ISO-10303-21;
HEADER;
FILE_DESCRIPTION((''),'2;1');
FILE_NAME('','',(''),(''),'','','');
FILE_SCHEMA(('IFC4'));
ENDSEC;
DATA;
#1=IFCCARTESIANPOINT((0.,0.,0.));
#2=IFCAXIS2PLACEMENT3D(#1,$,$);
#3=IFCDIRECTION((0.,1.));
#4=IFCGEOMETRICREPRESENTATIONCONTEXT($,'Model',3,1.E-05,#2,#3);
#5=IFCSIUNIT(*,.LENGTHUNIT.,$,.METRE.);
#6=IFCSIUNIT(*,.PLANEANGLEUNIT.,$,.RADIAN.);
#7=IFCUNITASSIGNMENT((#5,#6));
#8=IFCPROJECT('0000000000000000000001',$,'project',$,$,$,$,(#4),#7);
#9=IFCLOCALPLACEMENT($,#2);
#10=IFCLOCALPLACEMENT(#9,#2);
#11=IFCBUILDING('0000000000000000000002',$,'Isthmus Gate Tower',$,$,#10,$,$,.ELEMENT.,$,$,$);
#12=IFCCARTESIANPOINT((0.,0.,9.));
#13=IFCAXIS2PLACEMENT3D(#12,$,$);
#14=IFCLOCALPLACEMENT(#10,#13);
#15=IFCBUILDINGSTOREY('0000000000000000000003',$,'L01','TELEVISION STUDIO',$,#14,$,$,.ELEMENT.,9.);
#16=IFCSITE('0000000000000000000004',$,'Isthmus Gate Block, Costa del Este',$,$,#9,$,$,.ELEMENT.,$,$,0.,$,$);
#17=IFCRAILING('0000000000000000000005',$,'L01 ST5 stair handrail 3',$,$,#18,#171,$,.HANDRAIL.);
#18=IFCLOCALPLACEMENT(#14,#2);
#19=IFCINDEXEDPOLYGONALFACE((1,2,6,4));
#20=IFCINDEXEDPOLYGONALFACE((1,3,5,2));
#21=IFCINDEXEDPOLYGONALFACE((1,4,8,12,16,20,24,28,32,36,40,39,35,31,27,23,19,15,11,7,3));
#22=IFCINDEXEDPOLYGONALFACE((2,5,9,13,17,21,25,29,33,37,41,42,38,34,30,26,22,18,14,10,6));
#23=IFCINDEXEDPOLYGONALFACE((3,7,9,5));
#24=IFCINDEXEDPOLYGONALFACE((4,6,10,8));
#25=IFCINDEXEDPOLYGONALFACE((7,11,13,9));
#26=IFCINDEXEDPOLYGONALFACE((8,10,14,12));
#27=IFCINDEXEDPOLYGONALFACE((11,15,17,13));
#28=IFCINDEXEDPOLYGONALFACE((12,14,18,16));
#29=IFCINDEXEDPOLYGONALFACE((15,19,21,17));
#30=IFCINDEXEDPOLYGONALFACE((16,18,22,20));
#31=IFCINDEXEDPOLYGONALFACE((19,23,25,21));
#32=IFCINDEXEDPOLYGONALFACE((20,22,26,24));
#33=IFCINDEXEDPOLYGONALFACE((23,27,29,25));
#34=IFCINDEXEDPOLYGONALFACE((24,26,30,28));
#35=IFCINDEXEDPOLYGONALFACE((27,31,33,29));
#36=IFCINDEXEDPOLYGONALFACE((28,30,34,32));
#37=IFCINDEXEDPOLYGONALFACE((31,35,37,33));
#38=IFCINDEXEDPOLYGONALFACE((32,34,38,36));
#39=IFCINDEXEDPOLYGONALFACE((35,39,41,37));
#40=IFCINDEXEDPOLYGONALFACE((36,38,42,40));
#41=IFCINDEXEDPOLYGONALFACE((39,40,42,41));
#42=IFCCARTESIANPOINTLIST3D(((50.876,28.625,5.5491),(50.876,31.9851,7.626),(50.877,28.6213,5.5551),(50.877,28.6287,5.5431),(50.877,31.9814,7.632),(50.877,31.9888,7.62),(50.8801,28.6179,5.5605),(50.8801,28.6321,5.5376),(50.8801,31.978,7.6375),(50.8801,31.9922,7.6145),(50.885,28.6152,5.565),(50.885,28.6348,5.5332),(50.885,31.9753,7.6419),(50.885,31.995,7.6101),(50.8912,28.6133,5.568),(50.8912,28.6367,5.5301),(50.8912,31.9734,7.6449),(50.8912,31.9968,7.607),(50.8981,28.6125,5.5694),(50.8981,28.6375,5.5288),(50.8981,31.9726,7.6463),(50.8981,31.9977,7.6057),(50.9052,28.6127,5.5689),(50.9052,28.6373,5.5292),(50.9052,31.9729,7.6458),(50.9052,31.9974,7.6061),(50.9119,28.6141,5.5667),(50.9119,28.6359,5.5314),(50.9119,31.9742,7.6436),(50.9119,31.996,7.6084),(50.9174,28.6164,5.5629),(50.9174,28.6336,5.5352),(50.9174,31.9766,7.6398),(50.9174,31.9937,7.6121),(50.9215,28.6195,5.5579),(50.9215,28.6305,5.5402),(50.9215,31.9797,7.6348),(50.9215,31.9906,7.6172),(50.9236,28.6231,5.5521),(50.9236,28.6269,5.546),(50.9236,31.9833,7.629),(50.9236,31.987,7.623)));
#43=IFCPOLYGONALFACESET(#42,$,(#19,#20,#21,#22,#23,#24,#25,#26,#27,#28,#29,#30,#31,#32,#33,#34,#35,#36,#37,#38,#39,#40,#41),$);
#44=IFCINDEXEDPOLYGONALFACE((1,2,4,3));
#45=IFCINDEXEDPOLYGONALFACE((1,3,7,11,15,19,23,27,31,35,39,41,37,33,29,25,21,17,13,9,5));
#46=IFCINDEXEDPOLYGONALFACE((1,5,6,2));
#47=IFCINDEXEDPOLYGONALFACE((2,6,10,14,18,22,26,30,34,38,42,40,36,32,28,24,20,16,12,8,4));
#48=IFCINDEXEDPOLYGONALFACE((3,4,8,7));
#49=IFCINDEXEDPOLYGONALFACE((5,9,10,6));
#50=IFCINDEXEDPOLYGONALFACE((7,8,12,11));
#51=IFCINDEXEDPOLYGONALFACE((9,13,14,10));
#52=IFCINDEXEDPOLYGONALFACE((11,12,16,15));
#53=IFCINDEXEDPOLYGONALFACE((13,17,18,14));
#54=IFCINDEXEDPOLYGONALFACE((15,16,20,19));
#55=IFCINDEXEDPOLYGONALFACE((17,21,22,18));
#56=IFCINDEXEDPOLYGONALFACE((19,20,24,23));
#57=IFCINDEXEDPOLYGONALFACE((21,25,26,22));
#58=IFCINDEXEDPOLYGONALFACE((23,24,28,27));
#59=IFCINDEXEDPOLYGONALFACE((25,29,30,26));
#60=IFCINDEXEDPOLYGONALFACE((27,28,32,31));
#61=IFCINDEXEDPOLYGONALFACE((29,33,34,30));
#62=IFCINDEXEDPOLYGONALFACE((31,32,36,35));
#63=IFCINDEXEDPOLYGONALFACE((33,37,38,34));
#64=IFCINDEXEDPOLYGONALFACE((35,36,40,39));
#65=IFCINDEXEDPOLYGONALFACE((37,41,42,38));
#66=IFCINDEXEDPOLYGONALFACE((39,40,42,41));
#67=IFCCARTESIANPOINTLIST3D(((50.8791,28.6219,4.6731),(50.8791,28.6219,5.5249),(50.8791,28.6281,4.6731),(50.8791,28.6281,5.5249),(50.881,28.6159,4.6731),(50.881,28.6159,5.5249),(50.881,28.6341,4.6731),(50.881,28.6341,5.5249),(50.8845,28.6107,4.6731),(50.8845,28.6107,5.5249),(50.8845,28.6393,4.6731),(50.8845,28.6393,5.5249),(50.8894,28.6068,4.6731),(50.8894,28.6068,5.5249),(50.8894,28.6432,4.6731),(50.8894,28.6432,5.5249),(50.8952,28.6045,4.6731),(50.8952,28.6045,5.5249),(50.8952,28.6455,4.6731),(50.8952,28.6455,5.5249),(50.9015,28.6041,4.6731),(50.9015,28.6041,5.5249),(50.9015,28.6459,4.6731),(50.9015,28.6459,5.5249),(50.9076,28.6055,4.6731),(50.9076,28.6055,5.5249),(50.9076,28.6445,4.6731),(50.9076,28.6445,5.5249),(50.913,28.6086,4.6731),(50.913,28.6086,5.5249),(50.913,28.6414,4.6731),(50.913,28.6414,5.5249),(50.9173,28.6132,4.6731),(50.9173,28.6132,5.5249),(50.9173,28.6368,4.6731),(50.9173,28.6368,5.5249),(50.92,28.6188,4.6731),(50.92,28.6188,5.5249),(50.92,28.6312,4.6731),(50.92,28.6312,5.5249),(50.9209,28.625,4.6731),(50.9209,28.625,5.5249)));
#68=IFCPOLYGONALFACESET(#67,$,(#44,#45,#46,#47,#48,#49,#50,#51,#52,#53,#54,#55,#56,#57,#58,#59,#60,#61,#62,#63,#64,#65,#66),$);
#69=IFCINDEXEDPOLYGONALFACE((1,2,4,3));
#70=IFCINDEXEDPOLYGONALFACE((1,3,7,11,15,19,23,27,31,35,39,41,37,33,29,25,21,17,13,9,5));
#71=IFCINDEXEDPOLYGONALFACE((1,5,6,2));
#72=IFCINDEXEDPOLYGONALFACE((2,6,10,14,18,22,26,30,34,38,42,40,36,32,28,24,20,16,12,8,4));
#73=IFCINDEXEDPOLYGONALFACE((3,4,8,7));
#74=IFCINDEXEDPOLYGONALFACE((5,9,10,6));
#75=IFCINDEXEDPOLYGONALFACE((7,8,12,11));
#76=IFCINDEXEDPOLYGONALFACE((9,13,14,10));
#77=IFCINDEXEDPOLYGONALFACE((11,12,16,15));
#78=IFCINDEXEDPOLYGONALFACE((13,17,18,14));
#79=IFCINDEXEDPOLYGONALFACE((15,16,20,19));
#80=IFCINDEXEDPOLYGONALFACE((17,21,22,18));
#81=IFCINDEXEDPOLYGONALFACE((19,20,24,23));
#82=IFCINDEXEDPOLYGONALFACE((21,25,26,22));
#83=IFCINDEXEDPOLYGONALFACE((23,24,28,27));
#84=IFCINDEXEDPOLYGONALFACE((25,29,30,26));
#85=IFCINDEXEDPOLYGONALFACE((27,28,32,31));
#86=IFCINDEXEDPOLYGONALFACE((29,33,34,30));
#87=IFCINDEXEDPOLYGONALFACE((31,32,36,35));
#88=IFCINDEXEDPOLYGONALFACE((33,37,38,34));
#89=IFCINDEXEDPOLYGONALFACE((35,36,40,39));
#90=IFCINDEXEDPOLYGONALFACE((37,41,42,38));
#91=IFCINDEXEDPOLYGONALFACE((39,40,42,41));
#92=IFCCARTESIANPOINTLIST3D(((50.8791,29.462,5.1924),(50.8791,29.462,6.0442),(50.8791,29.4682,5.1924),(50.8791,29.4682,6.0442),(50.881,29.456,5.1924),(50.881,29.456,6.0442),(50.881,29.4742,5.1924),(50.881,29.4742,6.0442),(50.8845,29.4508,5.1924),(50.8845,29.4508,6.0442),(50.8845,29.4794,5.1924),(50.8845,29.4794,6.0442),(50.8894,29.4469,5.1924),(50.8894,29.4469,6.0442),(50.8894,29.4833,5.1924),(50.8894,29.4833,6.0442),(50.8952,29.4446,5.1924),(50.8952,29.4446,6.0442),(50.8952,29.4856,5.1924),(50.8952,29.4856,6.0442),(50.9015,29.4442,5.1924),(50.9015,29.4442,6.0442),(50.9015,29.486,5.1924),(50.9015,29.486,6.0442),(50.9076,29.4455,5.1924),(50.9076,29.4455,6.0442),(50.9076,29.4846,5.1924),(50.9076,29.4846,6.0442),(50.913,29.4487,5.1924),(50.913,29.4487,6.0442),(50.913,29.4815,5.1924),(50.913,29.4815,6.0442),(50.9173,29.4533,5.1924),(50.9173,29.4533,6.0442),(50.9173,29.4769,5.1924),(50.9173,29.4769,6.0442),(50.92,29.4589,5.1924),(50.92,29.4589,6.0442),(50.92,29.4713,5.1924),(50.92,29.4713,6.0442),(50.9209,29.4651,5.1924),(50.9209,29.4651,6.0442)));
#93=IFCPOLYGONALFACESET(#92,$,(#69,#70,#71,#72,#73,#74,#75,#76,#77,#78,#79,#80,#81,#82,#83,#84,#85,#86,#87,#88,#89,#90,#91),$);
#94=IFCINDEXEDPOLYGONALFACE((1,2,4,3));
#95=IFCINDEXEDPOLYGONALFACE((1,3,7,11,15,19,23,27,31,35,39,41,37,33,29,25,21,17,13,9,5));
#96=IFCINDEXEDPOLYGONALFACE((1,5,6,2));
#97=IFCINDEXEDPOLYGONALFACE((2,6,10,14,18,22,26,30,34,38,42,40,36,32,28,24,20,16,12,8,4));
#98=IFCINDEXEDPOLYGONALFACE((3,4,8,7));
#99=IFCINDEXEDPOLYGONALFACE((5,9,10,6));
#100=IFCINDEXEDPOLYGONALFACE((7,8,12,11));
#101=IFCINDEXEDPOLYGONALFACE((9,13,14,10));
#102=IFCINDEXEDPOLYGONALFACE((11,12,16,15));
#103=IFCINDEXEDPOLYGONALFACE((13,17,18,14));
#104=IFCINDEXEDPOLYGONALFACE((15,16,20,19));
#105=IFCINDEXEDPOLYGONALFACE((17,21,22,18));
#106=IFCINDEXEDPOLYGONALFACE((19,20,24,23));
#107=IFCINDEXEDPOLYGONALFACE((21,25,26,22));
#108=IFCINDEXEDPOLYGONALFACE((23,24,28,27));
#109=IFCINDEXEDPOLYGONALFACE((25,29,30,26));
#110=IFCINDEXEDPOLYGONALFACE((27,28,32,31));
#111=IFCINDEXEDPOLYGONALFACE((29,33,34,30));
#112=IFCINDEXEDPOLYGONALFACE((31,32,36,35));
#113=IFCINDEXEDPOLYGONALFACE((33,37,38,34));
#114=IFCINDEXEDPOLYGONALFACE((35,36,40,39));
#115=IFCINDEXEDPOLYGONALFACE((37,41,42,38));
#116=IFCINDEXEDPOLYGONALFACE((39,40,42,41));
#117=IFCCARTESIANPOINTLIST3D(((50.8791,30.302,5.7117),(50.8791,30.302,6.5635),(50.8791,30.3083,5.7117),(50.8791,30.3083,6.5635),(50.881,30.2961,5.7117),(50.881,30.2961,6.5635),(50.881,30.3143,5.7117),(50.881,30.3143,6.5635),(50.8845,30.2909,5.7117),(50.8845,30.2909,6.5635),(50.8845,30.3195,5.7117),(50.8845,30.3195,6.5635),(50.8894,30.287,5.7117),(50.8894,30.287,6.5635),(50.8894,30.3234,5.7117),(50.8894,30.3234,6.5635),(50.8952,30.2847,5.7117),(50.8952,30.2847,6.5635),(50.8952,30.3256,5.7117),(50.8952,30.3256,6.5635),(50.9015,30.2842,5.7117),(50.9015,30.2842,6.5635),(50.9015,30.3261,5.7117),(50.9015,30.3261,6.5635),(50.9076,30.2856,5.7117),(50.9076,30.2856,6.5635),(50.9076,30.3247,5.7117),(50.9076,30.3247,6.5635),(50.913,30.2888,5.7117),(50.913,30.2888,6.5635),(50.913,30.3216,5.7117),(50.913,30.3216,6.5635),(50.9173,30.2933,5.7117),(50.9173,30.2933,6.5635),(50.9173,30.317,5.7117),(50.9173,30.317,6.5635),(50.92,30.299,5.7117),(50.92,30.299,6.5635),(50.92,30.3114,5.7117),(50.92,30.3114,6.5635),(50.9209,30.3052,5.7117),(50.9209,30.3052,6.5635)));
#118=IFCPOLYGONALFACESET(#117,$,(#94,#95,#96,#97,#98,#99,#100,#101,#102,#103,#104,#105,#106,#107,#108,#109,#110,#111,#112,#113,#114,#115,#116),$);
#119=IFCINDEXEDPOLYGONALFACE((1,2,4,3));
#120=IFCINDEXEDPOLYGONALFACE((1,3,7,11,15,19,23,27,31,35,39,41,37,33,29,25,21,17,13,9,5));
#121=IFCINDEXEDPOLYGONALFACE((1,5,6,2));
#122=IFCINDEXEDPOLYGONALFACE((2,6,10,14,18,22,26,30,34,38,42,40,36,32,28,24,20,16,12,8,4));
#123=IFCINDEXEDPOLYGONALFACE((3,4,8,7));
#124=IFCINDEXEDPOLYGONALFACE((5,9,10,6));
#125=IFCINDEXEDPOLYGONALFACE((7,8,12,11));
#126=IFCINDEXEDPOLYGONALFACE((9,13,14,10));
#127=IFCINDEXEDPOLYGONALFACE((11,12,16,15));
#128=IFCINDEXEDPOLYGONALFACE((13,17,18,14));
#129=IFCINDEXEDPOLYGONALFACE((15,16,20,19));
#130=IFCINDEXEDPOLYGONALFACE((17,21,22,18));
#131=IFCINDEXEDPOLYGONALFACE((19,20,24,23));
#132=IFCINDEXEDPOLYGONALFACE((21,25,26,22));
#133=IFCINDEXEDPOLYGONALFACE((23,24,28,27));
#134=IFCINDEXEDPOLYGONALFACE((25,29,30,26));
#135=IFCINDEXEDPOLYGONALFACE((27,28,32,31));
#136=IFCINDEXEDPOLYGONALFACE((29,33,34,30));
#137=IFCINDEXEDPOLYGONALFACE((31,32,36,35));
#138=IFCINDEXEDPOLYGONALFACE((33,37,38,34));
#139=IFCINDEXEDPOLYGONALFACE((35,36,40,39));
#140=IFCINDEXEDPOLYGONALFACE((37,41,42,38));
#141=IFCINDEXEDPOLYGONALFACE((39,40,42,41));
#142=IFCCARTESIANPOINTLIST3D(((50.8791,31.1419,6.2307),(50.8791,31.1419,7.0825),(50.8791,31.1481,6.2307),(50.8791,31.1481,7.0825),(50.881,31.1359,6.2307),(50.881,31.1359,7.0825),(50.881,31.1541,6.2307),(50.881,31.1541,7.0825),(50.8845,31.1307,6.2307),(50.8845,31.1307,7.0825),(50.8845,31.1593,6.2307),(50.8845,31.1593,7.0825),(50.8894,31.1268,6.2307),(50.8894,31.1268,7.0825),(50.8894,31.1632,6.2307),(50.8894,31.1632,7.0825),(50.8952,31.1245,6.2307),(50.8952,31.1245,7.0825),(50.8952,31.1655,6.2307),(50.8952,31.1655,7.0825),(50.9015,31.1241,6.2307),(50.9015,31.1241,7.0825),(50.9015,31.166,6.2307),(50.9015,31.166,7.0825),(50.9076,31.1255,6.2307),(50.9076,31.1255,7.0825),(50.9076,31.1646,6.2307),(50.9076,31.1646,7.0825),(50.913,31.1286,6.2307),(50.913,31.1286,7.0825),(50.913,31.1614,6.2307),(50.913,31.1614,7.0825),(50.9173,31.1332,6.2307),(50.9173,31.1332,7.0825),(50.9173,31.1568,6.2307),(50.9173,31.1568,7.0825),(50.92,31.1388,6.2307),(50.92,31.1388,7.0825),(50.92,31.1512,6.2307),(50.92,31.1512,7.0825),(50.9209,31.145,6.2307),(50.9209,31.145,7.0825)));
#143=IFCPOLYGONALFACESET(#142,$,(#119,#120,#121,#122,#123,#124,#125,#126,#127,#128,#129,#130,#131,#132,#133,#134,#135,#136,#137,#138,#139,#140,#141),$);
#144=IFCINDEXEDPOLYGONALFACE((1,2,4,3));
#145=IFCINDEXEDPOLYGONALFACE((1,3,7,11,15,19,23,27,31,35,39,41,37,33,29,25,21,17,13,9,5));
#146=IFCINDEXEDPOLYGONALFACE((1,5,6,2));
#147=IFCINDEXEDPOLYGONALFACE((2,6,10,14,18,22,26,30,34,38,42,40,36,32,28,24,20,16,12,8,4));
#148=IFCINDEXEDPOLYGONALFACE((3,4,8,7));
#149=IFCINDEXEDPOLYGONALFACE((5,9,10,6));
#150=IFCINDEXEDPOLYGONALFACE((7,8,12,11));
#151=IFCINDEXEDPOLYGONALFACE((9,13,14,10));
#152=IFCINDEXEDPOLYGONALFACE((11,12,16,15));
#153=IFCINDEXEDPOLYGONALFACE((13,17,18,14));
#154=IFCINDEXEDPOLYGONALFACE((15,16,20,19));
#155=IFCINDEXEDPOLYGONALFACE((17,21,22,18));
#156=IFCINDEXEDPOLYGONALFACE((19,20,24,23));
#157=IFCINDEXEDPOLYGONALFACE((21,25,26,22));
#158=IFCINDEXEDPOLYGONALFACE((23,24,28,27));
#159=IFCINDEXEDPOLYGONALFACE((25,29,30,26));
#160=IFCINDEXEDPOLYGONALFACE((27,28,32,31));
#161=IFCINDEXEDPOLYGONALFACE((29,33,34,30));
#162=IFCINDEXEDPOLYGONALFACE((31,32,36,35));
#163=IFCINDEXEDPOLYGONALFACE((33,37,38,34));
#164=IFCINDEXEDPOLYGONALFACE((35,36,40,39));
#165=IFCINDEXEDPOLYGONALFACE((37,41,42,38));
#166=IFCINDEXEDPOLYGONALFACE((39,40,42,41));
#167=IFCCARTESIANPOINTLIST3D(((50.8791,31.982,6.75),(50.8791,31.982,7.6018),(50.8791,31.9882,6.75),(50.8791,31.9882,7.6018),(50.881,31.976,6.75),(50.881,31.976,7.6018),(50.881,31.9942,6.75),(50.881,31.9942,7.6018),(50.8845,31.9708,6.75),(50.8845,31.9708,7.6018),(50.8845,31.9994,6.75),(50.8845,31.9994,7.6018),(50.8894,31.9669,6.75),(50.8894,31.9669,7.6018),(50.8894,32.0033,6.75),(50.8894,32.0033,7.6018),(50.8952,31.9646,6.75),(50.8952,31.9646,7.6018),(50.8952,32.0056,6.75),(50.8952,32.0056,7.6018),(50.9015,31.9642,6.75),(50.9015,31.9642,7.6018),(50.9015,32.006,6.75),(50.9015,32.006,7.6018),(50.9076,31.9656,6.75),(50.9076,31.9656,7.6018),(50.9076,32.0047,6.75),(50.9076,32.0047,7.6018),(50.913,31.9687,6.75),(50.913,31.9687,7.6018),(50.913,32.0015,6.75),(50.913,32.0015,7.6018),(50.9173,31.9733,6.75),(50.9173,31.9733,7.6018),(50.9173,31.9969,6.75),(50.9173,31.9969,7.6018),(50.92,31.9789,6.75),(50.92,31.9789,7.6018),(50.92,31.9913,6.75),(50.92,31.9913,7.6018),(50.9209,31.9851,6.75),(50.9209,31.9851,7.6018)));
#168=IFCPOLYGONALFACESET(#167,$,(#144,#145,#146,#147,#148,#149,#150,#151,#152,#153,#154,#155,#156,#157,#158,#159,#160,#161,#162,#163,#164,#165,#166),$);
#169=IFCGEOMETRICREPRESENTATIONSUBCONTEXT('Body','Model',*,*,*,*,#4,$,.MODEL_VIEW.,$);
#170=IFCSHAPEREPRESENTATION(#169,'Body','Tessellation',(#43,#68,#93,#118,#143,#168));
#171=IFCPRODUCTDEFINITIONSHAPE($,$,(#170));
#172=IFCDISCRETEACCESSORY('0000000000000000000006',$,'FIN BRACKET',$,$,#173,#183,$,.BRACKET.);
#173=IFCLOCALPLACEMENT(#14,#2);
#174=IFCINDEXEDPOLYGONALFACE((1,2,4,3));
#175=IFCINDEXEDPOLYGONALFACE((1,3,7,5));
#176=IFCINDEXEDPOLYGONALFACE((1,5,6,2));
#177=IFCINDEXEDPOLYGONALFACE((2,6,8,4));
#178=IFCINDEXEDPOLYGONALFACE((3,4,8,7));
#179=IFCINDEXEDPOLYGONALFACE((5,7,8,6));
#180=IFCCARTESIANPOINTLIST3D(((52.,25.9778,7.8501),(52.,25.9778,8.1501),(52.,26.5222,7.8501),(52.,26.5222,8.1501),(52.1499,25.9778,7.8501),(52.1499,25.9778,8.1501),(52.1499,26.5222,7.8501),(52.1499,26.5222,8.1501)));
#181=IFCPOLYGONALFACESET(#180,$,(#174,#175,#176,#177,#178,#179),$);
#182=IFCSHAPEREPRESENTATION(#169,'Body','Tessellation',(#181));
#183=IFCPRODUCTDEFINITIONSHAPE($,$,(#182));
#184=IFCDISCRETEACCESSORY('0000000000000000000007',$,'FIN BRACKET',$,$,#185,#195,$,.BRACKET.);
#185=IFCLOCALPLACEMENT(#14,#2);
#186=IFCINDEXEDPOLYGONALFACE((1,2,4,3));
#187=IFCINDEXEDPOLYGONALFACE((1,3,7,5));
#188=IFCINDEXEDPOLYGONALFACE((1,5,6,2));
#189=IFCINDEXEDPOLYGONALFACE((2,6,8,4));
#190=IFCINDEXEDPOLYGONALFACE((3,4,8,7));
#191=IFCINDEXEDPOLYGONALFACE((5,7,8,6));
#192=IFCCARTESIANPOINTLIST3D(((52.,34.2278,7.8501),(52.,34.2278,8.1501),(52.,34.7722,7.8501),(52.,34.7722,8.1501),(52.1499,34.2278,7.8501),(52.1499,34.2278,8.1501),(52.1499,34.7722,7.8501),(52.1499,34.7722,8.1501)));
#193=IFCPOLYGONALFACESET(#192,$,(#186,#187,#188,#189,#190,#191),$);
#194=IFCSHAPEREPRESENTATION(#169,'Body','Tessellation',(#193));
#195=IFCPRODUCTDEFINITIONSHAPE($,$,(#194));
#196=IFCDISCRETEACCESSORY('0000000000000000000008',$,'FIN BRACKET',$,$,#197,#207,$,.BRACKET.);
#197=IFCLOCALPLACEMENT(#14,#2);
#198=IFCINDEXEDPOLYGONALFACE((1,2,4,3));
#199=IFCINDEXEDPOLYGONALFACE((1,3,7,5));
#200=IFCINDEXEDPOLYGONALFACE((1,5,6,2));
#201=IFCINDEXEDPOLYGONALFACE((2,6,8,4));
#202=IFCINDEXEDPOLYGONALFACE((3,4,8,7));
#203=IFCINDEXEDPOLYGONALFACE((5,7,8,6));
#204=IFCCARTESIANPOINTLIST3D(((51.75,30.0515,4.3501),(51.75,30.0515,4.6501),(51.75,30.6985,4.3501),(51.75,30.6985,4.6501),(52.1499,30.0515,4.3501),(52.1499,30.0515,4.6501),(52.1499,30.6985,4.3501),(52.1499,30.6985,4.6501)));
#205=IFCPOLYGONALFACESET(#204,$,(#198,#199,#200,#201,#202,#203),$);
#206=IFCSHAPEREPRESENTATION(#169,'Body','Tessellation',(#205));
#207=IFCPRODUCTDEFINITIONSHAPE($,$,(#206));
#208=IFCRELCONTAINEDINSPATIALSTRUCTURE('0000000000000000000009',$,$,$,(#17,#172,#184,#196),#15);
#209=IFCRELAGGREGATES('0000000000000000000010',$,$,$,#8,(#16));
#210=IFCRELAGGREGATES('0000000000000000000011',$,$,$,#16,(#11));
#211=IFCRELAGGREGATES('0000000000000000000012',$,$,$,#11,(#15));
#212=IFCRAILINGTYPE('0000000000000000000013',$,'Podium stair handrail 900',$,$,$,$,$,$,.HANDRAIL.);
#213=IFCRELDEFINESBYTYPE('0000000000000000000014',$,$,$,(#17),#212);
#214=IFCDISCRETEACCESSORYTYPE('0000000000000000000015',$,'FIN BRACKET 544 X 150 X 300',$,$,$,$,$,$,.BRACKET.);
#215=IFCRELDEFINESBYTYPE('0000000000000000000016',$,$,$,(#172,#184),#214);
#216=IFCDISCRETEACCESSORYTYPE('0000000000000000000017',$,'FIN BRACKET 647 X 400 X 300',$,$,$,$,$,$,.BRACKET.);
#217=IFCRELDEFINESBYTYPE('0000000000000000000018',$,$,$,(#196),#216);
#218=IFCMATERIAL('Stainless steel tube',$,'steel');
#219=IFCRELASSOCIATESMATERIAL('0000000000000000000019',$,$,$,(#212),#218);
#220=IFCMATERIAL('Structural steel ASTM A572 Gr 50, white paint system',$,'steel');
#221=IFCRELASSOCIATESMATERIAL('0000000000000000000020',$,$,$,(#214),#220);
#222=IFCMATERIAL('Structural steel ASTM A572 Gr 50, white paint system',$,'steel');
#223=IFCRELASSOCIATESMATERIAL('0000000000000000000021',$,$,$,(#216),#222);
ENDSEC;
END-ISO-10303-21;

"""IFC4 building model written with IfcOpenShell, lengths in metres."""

from ifc_helpers import new_model, si_unit, direction, frame, origin, origin_2d, place, context, subcontext, project, spatial, rectangle, circle, extrude, material, type_object, element, save


model = new_model("IFC4")

# Units and contexts
model_context = context("Model", 3, precision=1e-05, world=origin(), true_north=direction((0.0, 1.0)))
body_context = subcontext(model_context, "Body", "Model", "MODEL_VIEW")
ifc_project = project(units=[si_unit("LENGTHUNIT", "METRE"), si_unit("PLANEANGLEUNIT", "RADIAN")], contexts=[model_context])

# Site, building, storey
site_placement = place(None, origin())
site = spatial("IfcSite", under=ifc_project, at=site_placement, Name="Isthmus Gate Block, Costa del Este", CompositionType="ELEMENT", RefElevation=0.0)
building_placement = place(site_placement, origin())
building = spatial("IfcBuilding", under=site, at=building_placement, Name="Isthmus Gate Tower", CompositionType="ELEMENT")
storey_placement = place(building_placement, frame((0.0, 0.0, 9.0)))
storey = spatial("IfcBuildingStorey", under=building, at=storey_placement, Name="L01", Description="TELEVISION STUDIO", CompositionType="ELEMENT", Elevation=9.0)

# Railing
ifc_material_1 = material(Name="Stainless steel tube", Category="steel")
railing_type_1 = type_object("IfcRailingType", Name="Podium stair handrail 900", PredefinedType="HANDRAIL", material=ifc_material_1)
for number, where, name in (
    (1, (50.8999, 28.625, 4.6731), "L01 ST5 stair handrail 3"),
):
    element("IfcRailing", number, at=place(storey_placement, frame(where)), inside=storey, type_object=railing_type_1, Name=name, PredefinedType="HANDRAIL", context=body_context, shape_type="SweptSolid", body=[
        extrude(circle(Radius=0.0239, at=origin_2d()), frame((0.0, 0.0, 0.876), z_axis=(0.0, 0.850623, 0.525776), x_axis=(-1.0, 0.0, 0.0)), (0.0, 0.0, 1.0), 3.9502),
        extrude(circle(Radius=0.021, at=origin_2d()), origin(), (0.0, 0.0, 1.0), 0.8518),
        extrude(circle(Radius=0.021, at=origin_2d()), frame((0.0, 0.8401, 0.5193)), (0.0, 0.0, 1.0), 0.8518),
        extrude(circle(Radius=0.021, at=origin_2d()), frame((0.0, 1.6802, 1.0386)), (0.0, 0.0, 1.0), 0.8518),
        extrude(circle(Radius=0.021, at=origin_2d()), frame((0.0, 2.52, 1.5576)), (0.0, 0.0, 1.0), 0.8518),
        extrude(circle(Radius=0.021, at=origin_2d()), frame((0.0, 3.3601, 2.0769)), (0.0, 0.0, 1.0), 0.8518),
    ])

# Discrete accessories
ifc_material_2 = material(Name="Structural steel ASTM A572 Gr 50, white paint system", Category="steel")
discrete_accessory_type_1 = type_object("IfcDiscreteAccessoryType", Name="FIN BRACKET 544 X 150 X 300", PredefinedType="BRACKET", material=ifc_material_2)
for number, where, z_axis, x_axis, name in (
    (2, (52.075, 26.25, 7.8501), (0.0, 0.0, 1.0), (1.0, 0.0, 0.0), "FIN BRACKET"),
    (3, (52.075, 34.5, 7.8501), (0.0, 0.0, 1.0), (1.0, 0.0, 0.0), "FIN BRACKET"),
):
    element("IfcDiscreteAccessory", number, at=place(storey_placement, frame(where, z_axis=z_axis, x_axis=x_axis)), inside=storey, type_object=discrete_accessory_type_1, Name=name, PredefinedType="BRACKET", context=body_context, shape_type="SweptSolid", body=[
        extrude(rectangle(XDim=0.1499, YDim=0.5444, at=origin_2d()), origin(), (0.0, 0.0, 1.0), 0.3),
    ])
ifc_material_3 = material(Name="Structural steel ASTM A572 Gr 50, white paint system", Category="steel")
discrete_accessory_type_2 = type_object("IfcDiscreteAccessoryType", Name="FIN BRACKET 647 X 400 X 300", PredefinedType="BRACKET", material=ifc_material_3)
for number, where, z_axis, x_axis, name in (
    (4, (51.95, 30.375, 4.3501), (0.0, 0.0, 1.0), (1.0, 0.0, 0.0), "FIN BRACKET"),
):
    element("IfcDiscreteAccessory", number, at=place(storey_placement, frame(where, z_axis=z_axis, x_axis=x_axis)), inside=storey, type_object=discrete_accessory_type_2, Name=name, PredefinedType="BRACKET", context=body_context, shape_type="SweptSolid", body=[
        extrude(rectangle(XDim=0.3999, YDim=0.647, at=origin_2d()), origin(), (0.0, 0.0, 1.0), 0.3),
    ])

save(model, "model.ifc")
